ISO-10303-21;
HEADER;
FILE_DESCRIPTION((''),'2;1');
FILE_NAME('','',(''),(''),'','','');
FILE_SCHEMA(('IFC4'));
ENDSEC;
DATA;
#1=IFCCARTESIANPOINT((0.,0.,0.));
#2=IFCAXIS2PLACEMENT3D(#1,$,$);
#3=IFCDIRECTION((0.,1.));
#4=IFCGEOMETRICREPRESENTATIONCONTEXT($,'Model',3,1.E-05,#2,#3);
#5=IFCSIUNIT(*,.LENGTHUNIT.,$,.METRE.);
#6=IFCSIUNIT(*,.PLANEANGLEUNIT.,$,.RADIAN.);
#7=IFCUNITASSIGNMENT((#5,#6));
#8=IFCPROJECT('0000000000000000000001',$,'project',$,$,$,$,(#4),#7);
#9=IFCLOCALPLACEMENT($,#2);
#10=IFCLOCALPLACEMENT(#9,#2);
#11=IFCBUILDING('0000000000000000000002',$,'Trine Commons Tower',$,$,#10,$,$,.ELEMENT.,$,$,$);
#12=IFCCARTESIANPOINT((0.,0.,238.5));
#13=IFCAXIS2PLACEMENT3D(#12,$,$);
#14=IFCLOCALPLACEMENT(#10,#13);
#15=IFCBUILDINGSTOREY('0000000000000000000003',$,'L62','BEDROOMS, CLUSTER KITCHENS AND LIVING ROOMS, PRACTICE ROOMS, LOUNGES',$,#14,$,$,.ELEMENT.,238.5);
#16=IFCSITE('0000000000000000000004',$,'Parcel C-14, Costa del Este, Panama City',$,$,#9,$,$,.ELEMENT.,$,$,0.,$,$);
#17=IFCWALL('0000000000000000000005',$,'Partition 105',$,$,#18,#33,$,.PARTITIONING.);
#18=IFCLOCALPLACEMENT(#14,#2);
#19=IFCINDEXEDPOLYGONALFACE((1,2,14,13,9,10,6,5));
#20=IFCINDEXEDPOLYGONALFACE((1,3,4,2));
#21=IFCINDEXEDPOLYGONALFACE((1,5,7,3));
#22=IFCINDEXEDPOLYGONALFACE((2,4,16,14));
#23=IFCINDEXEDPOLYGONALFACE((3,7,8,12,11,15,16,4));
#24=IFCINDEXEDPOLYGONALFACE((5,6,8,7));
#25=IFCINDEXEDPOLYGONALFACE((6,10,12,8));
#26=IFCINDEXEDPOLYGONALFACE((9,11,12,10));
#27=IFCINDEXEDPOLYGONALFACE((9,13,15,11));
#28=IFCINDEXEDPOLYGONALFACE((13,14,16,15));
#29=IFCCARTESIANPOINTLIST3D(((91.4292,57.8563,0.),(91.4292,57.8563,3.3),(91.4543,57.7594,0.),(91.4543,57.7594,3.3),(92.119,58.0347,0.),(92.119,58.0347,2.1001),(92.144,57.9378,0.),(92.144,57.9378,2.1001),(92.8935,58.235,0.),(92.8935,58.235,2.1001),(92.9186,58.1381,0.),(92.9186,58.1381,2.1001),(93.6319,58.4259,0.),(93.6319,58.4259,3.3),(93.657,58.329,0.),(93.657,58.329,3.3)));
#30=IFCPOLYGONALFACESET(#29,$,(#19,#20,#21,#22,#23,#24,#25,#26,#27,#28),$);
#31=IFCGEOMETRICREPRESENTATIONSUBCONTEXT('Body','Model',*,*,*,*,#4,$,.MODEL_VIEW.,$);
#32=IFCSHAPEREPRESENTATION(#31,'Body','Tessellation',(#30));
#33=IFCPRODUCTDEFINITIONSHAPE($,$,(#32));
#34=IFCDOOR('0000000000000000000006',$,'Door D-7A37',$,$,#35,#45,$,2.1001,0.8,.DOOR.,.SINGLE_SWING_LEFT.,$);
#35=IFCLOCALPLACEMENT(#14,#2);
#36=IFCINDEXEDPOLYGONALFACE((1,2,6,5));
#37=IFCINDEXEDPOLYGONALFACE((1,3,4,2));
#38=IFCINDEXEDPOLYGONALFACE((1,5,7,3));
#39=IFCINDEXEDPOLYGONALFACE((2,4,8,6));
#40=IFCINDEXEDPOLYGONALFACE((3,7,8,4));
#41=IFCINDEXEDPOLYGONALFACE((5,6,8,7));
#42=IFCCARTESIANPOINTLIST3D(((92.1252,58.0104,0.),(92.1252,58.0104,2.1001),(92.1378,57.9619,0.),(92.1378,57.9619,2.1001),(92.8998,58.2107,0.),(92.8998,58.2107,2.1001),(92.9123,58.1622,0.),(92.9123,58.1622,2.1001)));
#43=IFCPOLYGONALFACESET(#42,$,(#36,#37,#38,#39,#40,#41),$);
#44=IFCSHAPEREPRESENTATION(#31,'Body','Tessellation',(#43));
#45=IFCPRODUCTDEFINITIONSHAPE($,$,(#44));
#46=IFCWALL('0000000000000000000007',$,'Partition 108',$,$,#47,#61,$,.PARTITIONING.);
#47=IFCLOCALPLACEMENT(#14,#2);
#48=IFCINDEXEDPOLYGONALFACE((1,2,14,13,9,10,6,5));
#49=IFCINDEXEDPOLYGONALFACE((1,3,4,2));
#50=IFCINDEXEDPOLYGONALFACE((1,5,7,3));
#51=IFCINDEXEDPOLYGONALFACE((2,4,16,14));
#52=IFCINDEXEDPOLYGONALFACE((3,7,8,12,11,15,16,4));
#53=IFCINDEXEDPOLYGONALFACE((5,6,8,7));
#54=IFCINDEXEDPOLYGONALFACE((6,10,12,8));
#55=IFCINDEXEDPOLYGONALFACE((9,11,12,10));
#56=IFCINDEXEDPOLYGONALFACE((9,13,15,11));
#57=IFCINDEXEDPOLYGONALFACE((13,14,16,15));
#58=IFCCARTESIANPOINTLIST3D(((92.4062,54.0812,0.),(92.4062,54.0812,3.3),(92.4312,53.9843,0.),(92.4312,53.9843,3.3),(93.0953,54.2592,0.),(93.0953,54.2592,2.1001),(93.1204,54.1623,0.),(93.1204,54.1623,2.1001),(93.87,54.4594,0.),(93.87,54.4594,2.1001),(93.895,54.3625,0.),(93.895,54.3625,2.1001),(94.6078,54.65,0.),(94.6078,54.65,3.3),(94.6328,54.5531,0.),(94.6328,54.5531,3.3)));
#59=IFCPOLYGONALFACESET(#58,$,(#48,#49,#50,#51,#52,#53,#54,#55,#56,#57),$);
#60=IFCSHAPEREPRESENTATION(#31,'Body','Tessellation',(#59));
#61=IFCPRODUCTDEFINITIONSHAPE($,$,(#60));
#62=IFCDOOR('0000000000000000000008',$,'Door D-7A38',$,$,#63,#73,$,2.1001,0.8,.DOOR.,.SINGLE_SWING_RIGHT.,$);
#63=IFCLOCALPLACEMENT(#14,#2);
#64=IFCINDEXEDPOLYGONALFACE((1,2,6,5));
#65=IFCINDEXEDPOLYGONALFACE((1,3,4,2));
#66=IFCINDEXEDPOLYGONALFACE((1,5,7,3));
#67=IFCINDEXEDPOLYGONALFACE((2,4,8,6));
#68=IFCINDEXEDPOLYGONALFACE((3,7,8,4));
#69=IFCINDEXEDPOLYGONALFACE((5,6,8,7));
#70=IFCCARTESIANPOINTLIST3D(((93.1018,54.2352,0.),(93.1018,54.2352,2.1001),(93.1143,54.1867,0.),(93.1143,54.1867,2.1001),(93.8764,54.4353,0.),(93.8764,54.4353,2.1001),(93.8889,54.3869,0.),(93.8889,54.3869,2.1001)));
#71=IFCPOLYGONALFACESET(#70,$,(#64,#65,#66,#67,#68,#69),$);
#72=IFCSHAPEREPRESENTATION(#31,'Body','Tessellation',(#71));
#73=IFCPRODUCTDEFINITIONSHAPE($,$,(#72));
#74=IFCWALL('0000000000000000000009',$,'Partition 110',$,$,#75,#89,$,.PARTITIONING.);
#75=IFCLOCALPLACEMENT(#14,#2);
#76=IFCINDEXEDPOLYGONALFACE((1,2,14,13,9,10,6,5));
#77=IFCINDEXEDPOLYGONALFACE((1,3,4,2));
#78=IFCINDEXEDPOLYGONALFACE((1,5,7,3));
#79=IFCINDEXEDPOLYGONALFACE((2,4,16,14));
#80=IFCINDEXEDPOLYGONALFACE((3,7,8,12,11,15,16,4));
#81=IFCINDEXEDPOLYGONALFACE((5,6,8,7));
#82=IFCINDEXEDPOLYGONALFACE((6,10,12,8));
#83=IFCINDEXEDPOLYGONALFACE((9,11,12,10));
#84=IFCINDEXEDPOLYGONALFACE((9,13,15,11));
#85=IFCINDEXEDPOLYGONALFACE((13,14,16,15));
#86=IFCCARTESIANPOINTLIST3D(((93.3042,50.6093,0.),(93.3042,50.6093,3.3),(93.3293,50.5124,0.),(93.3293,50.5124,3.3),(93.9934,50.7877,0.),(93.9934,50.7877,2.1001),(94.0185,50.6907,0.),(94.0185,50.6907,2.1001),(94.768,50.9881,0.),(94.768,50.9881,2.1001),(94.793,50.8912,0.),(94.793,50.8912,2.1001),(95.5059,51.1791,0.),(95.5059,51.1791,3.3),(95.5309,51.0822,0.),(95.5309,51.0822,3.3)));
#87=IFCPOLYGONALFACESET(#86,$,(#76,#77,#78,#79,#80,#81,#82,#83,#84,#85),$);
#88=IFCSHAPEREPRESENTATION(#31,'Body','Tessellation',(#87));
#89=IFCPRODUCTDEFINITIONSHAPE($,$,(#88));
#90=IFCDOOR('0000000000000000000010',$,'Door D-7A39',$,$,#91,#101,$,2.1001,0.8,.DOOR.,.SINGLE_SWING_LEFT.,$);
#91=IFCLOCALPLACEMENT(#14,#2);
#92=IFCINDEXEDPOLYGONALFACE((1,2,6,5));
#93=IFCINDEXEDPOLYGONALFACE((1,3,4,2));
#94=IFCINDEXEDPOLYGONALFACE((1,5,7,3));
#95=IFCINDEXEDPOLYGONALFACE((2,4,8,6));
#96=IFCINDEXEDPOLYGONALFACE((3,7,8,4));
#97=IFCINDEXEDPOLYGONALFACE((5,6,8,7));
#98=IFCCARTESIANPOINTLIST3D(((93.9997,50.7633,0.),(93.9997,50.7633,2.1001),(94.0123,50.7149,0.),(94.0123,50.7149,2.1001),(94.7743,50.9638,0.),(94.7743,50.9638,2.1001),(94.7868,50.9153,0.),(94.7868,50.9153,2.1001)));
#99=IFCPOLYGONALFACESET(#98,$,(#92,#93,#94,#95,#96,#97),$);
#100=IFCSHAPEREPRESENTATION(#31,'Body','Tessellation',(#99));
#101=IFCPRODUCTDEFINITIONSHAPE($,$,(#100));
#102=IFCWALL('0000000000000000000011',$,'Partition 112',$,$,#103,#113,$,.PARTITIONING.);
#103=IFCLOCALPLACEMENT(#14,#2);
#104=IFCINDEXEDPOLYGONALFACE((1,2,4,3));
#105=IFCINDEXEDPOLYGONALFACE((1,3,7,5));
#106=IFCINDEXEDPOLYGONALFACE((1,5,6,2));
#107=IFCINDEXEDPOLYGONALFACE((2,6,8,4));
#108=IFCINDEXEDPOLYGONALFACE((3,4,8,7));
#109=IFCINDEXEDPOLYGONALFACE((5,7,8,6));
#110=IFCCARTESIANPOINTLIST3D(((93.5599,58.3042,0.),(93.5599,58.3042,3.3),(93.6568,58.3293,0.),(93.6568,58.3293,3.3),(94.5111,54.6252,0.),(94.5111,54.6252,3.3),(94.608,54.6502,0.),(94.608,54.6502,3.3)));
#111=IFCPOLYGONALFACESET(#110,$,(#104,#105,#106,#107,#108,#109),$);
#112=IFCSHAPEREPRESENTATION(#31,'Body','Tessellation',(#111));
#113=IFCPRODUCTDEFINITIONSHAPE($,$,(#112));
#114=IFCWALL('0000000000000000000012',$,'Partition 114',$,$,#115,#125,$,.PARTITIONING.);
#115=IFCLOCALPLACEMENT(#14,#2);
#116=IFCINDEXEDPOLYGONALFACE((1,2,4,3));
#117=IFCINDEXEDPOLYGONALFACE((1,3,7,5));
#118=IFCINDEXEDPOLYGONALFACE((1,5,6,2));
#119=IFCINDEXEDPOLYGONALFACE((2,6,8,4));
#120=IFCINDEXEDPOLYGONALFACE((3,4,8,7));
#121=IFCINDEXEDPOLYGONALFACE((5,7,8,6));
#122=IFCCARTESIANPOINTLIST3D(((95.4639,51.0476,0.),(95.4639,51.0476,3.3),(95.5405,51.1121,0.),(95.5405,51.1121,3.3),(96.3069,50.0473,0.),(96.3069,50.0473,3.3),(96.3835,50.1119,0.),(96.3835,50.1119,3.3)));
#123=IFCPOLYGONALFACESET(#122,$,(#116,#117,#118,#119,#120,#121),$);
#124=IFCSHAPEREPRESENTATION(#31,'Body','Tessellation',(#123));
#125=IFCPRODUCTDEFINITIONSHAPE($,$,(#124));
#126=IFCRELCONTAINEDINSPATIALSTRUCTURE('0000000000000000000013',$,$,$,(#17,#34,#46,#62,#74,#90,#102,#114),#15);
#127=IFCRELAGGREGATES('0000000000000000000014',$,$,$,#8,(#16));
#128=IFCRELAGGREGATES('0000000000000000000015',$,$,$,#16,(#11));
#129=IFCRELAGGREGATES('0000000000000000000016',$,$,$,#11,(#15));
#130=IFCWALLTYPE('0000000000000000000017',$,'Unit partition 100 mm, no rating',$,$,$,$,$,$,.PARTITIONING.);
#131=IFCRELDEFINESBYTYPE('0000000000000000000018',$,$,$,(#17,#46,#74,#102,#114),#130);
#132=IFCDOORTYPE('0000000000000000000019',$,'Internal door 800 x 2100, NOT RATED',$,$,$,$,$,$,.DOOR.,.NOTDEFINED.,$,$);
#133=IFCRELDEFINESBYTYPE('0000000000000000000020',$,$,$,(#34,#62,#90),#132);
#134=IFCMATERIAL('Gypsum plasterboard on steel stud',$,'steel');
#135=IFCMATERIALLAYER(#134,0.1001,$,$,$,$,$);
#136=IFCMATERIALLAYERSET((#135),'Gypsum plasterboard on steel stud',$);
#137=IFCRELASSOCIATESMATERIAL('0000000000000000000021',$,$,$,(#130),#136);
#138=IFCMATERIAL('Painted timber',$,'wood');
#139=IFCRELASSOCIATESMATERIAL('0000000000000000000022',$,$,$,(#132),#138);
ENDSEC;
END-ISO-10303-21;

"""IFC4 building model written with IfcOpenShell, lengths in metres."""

from ifc_helpers import new_model, si_unit, direction, frame, frame_2d, origin, place, context, subcontext, project, spatial, rectangle, extrude, material, layer, layer_set, type_object, element, fill, save


model = new_model("IFC4")

# Units and contexts
model_context = context("Model", 3, precision=1e-05, world=origin(), true_north=direction((0.0, 1.0)))
body_context = subcontext(model_context, "Body", "Model", "MODEL_VIEW")
ifc_project = project(units=[si_unit("LENGTHUNIT", "METRE"), si_unit("PLANEANGLEUNIT", "RADIAN")], contexts=[model_context])

# Site, building, storey
site_placement = place(None, origin())
site = spatial("IfcSite", under=ifc_project, at=site_placement, Name="Parcel C-14, Costa del Este, Panama City", CompositionType="ELEMENT", RefElevation=0.0)
building_placement = place(site_placement, origin())
building = spatial("IfcBuilding", under=site, at=building_placement, Name="Trine Commons Tower", CompositionType="ELEMENT")
storey_placement = place(building_placement, frame((0.0, 0.0, 238.5)))
storey = spatial("IfcBuildingStorey", under=building, at=storey_placement, Name="L62", Description="BEDROOMS, CLUSTER KITCHENS AND LIVING ROOMS, PRACTICE ROOMS, LOUNGES", CompositionType="ELEMENT", Elevation=238.5)

# Shared definitions
ifc_material_1 = material(Name="Gypsum plasterboard on steel stud", Category="steel")

# Walls, openings, doors
ifc_layer_1 = layer(ifc_material_1, 0.1001)
ifc_layer_set_1 = layer_set([ifc_layer_1], Name="Gypsum plasterboard on steel stud")
wall_type_1 = type_object("IfcWallType", Name="Unit partition 100 mm, no rating", PredefinedType="PARTITIONING", material=ifc_layer_set_1)
wall_1_placement = place(storey_placement, frame((91.4417, 57.8079, 0.0), z_axis=(0.0, 0.0, 1.0), x_axis=(0.968154, 0.250355, 0.0)))
wall_1 = element("IfcWall", 1, at=wall_1_placement, inside=storey, type_object=wall_type_1, Name="Partition 105", PredefinedType="PARTITIONING", context=body_context, shape_type="SweptSolid", body=[
    extrude(rectangle(XDim=2.2751, YDim=0.1001, at=frame_2d((1.1377, 0.0))), origin(), (0.0, 0.0, 1.0), 3.3),
])
opening_1_placement = place(wall_1_placement, frame((0.7126, 0.0, 0.0)))
opening_1 = element("IfcOpeningElement", 2, at=opening_1_placement, cuts=wall_1, PredefinedType="OPENING", context=body_context, shape_type="SweptSolid", body=[
    extrude(rectangle(XDim=0.8, YDim=2.1001, at=frame_2d((0.3999, 1.05))), frame((0.0, 0.0601, 0.0), z_axis=(0.0, -1.0, 0.0), x_axis=(1.0, 0.0, 0.0)), (0.0, 0.0, 1.0), 0.1201),
])
ifc_material_2 = material(Name="Painted timber", Category="wood")
door_type_1 = type_object("IfcDoorType", Name="Internal door 800 x 2100, NOT RATED", OperationType="NOTDEFINED", PredefinedType="DOOR", material=ifc_material_2)
door_1_placement = place(opening_1_placement, origin())
door_1 = element("IfcDoor", 3, at=door_1_placement, inside=storey, type_object=door_type_1, Name="Door D-7A37", OperationType="SINGLE_SWING_LEFT", OverallHeight=2.1001, OverallWidth=0.8, PredefinedType="DOOR", context=body_context, shape_type="SweptSolid", body=[
    extrude(rectangle(XDim=0.8, YDim=2.1001, at=frame_2d((0.3999, 1.05))), frame((0.0, 0.0249, 0.0), z_axis=(0.0, -1.0, 0.0), x_axis=(1.0, 0.0, 0.0)), (0.0, 0.0, 1.0), 0.05),
])
fill(opening_1, door_1)
wall_2_placement = place(storey_placement, frame((92.4187, 54.0327, 0.0), z_axis=(0.0, 0.0, 1.0), x_axis=(0.968205, 0.250157, 0.0)))
wall_2 = element("IfcWall", 4, at=wall_2_placement, inside=storey, type_object=wall_type_1, Name="Partition 108", PredefinedType="PARTITIONING", context=body_context, shape_type="SweptSolid", body=[
    extrude(rectangle(XDim=2.2739, YDim=0.1001, at=frame_2d((1.137, 0.0))), origin(), (0.0, 0.0, 1.0), 3.3),
])
opening_2_placement = place(wall_2_placement, frame((0.7119, 0.0, 0.0)))
opening_2 = element("IfcOpeningElement", 5, at=opening_2_placement, cuts=wall_2, PredefinedType="OPENING", context=body_context, shape_type="SweptSolid", body=[
    extrude(rectangle(XDim=0.8, YDim=2.1001, at=frame_2d((0.3999, 1.05))), frame((0.0, 0.0601, 0.0), z_axis=(0.0, -1.0, 0.0), x_axis=(1.0, 0.0, 0.0)), (0.0, 0.0, 1.0), 0.1201),
])
door_2_placement = place(opening_2_placement, frame((0.8, 0.0, 0.0), z_axis=(0.0, 0.0, 1.0), x_axis=(-1.0, 0.0, 0.0)))
door_2 = element("IfcDoor", 6, at=door_2_placement, inside=storey, type_object=door_type_1, Name="Door D-7A38", OperationType="SINGLE_SWING_RIGHT", OverallHeight=2.1001, OverallWidth=0.8, PredefinedType="DOOR", context=body_context, shape_type="SweptSolid", body=[
    extrude(rectangle(XDim=0.8, YDim=2.1001, at=frame_2d((0.3999, 1.05))), frame((0.0, 0.0249, 0.0), z_axis=(0.0, -1.0, 0.0), x_axis=(1.0, 0.0, 0.0)), (0.0, 0.0, 1.0), 0.05),
])
fill(opening_2, door_2)
wall_3_placement = place(storey_placement, frame((93.3167, 50.5608, 0.0), z_axis=(0.0, 0.0, 1.0), x_axis=(0.968101, 0.25056, 0.0)))
wall_3 = element("IfcWall", 7, at=wall_3_placement, inside=storey, type_object=wall_type_1, Name="Partition 110", PredefinedType="PARTITIONING", context=body_context, shape_type="SweptSolid", body=[
    extrude(rectangle(XDim=2.2742, YDim=0.1001, at=frame_2d((1.1372, 0.0))), origin(), (0.0, 0.0, 1.0), 3.3),
])
opening_3_placement = place(wall_3_placement, frame((0.7122, 0.0, 0.0)))
opening_3 = element("IfcOpeningElement", 8, at=opening_3_placement, cuts=wall_3, PredefinedType="OPENING", context=body_context, shape_type="SweptSolid", body=[
    extrude(rectangle(XDim=0.8, YDim=2.1001, at=frame_2d((0.3999, 1.05))), frame((0.0, 0.0601, 0.0), z_axis=(0.0, -1.0, 0.0), x_axis=(1.0, 0.0, 0.0)), (0.0, 0.0, 1.0), 0.1201),
])
door_3_placement = place(opening_3_placement, origin())
door_3 = element("IfcDoor", 9, at=door_3_placement, inside=storey, type_object=door_type_1, Name="Door D-7A39", OperationType="SINGLE_SWING_LEFT", OverallHeight=2.1001, OverallWidth=0.8, PredefinedType="DOOR", context=body_context, shape_type="SweptSolid", body=[
    extrude(rectangle(XDim=0.8, YDim=2.1001, at=frame_2d((0.3999, 1.05))), frame((0.0, 0.0249, 0.0), z_axis=(0.0, -1.0, 0.0), x_axis=(1.0, 0.0, 0.0)), (0.0, 0.0, 1.0), 0.05),
])
fill(opening_3, door_3)

# Walls
wall_4_placement = place(storey_placement, frame((93.6084, 58.3167, 0.0), z_axis=(0.0, 0.0, 1.0), x_axis=(0.250298, -0.968169, 0.0)))
element("IfcWall", 10, at=wall_4_placement, inside=storey, type_object=wall_type_1, Name="Partition 112", PredefinedType="PARTITIONING", context=body_context, shape_type="SweptSolid", body=[
    extrude(rectangle(XDim=3.8, YDim=0.1001, at=frame_2d((1.8999, 0.0))), origin(), (0.0, 0.0, 1.0), 3.3),
])
wall_5_placement = place(storey_placement, frame((95.5022, 51.0798, 0.0), z_axis=(0.0, 0.0, 1.0), x_axis=(0.644452, -0.764645, 0.0)))
element("IfcWall", 11, at=wall_5_placement, inside=storey, type_object=wall_type_1, Name="Partition 114", PredefinedType="PARTITIONING", context=body_context, shape_type="SweptSolid", body=[
    extrude(rectangle(XDim=1.3081, YDim=0.1001, at=frame_2d((0.6541, 0.0))), origin(), (0.0, 0.0, 1.0), 3.3),
])

save(model, "model.ifc")
